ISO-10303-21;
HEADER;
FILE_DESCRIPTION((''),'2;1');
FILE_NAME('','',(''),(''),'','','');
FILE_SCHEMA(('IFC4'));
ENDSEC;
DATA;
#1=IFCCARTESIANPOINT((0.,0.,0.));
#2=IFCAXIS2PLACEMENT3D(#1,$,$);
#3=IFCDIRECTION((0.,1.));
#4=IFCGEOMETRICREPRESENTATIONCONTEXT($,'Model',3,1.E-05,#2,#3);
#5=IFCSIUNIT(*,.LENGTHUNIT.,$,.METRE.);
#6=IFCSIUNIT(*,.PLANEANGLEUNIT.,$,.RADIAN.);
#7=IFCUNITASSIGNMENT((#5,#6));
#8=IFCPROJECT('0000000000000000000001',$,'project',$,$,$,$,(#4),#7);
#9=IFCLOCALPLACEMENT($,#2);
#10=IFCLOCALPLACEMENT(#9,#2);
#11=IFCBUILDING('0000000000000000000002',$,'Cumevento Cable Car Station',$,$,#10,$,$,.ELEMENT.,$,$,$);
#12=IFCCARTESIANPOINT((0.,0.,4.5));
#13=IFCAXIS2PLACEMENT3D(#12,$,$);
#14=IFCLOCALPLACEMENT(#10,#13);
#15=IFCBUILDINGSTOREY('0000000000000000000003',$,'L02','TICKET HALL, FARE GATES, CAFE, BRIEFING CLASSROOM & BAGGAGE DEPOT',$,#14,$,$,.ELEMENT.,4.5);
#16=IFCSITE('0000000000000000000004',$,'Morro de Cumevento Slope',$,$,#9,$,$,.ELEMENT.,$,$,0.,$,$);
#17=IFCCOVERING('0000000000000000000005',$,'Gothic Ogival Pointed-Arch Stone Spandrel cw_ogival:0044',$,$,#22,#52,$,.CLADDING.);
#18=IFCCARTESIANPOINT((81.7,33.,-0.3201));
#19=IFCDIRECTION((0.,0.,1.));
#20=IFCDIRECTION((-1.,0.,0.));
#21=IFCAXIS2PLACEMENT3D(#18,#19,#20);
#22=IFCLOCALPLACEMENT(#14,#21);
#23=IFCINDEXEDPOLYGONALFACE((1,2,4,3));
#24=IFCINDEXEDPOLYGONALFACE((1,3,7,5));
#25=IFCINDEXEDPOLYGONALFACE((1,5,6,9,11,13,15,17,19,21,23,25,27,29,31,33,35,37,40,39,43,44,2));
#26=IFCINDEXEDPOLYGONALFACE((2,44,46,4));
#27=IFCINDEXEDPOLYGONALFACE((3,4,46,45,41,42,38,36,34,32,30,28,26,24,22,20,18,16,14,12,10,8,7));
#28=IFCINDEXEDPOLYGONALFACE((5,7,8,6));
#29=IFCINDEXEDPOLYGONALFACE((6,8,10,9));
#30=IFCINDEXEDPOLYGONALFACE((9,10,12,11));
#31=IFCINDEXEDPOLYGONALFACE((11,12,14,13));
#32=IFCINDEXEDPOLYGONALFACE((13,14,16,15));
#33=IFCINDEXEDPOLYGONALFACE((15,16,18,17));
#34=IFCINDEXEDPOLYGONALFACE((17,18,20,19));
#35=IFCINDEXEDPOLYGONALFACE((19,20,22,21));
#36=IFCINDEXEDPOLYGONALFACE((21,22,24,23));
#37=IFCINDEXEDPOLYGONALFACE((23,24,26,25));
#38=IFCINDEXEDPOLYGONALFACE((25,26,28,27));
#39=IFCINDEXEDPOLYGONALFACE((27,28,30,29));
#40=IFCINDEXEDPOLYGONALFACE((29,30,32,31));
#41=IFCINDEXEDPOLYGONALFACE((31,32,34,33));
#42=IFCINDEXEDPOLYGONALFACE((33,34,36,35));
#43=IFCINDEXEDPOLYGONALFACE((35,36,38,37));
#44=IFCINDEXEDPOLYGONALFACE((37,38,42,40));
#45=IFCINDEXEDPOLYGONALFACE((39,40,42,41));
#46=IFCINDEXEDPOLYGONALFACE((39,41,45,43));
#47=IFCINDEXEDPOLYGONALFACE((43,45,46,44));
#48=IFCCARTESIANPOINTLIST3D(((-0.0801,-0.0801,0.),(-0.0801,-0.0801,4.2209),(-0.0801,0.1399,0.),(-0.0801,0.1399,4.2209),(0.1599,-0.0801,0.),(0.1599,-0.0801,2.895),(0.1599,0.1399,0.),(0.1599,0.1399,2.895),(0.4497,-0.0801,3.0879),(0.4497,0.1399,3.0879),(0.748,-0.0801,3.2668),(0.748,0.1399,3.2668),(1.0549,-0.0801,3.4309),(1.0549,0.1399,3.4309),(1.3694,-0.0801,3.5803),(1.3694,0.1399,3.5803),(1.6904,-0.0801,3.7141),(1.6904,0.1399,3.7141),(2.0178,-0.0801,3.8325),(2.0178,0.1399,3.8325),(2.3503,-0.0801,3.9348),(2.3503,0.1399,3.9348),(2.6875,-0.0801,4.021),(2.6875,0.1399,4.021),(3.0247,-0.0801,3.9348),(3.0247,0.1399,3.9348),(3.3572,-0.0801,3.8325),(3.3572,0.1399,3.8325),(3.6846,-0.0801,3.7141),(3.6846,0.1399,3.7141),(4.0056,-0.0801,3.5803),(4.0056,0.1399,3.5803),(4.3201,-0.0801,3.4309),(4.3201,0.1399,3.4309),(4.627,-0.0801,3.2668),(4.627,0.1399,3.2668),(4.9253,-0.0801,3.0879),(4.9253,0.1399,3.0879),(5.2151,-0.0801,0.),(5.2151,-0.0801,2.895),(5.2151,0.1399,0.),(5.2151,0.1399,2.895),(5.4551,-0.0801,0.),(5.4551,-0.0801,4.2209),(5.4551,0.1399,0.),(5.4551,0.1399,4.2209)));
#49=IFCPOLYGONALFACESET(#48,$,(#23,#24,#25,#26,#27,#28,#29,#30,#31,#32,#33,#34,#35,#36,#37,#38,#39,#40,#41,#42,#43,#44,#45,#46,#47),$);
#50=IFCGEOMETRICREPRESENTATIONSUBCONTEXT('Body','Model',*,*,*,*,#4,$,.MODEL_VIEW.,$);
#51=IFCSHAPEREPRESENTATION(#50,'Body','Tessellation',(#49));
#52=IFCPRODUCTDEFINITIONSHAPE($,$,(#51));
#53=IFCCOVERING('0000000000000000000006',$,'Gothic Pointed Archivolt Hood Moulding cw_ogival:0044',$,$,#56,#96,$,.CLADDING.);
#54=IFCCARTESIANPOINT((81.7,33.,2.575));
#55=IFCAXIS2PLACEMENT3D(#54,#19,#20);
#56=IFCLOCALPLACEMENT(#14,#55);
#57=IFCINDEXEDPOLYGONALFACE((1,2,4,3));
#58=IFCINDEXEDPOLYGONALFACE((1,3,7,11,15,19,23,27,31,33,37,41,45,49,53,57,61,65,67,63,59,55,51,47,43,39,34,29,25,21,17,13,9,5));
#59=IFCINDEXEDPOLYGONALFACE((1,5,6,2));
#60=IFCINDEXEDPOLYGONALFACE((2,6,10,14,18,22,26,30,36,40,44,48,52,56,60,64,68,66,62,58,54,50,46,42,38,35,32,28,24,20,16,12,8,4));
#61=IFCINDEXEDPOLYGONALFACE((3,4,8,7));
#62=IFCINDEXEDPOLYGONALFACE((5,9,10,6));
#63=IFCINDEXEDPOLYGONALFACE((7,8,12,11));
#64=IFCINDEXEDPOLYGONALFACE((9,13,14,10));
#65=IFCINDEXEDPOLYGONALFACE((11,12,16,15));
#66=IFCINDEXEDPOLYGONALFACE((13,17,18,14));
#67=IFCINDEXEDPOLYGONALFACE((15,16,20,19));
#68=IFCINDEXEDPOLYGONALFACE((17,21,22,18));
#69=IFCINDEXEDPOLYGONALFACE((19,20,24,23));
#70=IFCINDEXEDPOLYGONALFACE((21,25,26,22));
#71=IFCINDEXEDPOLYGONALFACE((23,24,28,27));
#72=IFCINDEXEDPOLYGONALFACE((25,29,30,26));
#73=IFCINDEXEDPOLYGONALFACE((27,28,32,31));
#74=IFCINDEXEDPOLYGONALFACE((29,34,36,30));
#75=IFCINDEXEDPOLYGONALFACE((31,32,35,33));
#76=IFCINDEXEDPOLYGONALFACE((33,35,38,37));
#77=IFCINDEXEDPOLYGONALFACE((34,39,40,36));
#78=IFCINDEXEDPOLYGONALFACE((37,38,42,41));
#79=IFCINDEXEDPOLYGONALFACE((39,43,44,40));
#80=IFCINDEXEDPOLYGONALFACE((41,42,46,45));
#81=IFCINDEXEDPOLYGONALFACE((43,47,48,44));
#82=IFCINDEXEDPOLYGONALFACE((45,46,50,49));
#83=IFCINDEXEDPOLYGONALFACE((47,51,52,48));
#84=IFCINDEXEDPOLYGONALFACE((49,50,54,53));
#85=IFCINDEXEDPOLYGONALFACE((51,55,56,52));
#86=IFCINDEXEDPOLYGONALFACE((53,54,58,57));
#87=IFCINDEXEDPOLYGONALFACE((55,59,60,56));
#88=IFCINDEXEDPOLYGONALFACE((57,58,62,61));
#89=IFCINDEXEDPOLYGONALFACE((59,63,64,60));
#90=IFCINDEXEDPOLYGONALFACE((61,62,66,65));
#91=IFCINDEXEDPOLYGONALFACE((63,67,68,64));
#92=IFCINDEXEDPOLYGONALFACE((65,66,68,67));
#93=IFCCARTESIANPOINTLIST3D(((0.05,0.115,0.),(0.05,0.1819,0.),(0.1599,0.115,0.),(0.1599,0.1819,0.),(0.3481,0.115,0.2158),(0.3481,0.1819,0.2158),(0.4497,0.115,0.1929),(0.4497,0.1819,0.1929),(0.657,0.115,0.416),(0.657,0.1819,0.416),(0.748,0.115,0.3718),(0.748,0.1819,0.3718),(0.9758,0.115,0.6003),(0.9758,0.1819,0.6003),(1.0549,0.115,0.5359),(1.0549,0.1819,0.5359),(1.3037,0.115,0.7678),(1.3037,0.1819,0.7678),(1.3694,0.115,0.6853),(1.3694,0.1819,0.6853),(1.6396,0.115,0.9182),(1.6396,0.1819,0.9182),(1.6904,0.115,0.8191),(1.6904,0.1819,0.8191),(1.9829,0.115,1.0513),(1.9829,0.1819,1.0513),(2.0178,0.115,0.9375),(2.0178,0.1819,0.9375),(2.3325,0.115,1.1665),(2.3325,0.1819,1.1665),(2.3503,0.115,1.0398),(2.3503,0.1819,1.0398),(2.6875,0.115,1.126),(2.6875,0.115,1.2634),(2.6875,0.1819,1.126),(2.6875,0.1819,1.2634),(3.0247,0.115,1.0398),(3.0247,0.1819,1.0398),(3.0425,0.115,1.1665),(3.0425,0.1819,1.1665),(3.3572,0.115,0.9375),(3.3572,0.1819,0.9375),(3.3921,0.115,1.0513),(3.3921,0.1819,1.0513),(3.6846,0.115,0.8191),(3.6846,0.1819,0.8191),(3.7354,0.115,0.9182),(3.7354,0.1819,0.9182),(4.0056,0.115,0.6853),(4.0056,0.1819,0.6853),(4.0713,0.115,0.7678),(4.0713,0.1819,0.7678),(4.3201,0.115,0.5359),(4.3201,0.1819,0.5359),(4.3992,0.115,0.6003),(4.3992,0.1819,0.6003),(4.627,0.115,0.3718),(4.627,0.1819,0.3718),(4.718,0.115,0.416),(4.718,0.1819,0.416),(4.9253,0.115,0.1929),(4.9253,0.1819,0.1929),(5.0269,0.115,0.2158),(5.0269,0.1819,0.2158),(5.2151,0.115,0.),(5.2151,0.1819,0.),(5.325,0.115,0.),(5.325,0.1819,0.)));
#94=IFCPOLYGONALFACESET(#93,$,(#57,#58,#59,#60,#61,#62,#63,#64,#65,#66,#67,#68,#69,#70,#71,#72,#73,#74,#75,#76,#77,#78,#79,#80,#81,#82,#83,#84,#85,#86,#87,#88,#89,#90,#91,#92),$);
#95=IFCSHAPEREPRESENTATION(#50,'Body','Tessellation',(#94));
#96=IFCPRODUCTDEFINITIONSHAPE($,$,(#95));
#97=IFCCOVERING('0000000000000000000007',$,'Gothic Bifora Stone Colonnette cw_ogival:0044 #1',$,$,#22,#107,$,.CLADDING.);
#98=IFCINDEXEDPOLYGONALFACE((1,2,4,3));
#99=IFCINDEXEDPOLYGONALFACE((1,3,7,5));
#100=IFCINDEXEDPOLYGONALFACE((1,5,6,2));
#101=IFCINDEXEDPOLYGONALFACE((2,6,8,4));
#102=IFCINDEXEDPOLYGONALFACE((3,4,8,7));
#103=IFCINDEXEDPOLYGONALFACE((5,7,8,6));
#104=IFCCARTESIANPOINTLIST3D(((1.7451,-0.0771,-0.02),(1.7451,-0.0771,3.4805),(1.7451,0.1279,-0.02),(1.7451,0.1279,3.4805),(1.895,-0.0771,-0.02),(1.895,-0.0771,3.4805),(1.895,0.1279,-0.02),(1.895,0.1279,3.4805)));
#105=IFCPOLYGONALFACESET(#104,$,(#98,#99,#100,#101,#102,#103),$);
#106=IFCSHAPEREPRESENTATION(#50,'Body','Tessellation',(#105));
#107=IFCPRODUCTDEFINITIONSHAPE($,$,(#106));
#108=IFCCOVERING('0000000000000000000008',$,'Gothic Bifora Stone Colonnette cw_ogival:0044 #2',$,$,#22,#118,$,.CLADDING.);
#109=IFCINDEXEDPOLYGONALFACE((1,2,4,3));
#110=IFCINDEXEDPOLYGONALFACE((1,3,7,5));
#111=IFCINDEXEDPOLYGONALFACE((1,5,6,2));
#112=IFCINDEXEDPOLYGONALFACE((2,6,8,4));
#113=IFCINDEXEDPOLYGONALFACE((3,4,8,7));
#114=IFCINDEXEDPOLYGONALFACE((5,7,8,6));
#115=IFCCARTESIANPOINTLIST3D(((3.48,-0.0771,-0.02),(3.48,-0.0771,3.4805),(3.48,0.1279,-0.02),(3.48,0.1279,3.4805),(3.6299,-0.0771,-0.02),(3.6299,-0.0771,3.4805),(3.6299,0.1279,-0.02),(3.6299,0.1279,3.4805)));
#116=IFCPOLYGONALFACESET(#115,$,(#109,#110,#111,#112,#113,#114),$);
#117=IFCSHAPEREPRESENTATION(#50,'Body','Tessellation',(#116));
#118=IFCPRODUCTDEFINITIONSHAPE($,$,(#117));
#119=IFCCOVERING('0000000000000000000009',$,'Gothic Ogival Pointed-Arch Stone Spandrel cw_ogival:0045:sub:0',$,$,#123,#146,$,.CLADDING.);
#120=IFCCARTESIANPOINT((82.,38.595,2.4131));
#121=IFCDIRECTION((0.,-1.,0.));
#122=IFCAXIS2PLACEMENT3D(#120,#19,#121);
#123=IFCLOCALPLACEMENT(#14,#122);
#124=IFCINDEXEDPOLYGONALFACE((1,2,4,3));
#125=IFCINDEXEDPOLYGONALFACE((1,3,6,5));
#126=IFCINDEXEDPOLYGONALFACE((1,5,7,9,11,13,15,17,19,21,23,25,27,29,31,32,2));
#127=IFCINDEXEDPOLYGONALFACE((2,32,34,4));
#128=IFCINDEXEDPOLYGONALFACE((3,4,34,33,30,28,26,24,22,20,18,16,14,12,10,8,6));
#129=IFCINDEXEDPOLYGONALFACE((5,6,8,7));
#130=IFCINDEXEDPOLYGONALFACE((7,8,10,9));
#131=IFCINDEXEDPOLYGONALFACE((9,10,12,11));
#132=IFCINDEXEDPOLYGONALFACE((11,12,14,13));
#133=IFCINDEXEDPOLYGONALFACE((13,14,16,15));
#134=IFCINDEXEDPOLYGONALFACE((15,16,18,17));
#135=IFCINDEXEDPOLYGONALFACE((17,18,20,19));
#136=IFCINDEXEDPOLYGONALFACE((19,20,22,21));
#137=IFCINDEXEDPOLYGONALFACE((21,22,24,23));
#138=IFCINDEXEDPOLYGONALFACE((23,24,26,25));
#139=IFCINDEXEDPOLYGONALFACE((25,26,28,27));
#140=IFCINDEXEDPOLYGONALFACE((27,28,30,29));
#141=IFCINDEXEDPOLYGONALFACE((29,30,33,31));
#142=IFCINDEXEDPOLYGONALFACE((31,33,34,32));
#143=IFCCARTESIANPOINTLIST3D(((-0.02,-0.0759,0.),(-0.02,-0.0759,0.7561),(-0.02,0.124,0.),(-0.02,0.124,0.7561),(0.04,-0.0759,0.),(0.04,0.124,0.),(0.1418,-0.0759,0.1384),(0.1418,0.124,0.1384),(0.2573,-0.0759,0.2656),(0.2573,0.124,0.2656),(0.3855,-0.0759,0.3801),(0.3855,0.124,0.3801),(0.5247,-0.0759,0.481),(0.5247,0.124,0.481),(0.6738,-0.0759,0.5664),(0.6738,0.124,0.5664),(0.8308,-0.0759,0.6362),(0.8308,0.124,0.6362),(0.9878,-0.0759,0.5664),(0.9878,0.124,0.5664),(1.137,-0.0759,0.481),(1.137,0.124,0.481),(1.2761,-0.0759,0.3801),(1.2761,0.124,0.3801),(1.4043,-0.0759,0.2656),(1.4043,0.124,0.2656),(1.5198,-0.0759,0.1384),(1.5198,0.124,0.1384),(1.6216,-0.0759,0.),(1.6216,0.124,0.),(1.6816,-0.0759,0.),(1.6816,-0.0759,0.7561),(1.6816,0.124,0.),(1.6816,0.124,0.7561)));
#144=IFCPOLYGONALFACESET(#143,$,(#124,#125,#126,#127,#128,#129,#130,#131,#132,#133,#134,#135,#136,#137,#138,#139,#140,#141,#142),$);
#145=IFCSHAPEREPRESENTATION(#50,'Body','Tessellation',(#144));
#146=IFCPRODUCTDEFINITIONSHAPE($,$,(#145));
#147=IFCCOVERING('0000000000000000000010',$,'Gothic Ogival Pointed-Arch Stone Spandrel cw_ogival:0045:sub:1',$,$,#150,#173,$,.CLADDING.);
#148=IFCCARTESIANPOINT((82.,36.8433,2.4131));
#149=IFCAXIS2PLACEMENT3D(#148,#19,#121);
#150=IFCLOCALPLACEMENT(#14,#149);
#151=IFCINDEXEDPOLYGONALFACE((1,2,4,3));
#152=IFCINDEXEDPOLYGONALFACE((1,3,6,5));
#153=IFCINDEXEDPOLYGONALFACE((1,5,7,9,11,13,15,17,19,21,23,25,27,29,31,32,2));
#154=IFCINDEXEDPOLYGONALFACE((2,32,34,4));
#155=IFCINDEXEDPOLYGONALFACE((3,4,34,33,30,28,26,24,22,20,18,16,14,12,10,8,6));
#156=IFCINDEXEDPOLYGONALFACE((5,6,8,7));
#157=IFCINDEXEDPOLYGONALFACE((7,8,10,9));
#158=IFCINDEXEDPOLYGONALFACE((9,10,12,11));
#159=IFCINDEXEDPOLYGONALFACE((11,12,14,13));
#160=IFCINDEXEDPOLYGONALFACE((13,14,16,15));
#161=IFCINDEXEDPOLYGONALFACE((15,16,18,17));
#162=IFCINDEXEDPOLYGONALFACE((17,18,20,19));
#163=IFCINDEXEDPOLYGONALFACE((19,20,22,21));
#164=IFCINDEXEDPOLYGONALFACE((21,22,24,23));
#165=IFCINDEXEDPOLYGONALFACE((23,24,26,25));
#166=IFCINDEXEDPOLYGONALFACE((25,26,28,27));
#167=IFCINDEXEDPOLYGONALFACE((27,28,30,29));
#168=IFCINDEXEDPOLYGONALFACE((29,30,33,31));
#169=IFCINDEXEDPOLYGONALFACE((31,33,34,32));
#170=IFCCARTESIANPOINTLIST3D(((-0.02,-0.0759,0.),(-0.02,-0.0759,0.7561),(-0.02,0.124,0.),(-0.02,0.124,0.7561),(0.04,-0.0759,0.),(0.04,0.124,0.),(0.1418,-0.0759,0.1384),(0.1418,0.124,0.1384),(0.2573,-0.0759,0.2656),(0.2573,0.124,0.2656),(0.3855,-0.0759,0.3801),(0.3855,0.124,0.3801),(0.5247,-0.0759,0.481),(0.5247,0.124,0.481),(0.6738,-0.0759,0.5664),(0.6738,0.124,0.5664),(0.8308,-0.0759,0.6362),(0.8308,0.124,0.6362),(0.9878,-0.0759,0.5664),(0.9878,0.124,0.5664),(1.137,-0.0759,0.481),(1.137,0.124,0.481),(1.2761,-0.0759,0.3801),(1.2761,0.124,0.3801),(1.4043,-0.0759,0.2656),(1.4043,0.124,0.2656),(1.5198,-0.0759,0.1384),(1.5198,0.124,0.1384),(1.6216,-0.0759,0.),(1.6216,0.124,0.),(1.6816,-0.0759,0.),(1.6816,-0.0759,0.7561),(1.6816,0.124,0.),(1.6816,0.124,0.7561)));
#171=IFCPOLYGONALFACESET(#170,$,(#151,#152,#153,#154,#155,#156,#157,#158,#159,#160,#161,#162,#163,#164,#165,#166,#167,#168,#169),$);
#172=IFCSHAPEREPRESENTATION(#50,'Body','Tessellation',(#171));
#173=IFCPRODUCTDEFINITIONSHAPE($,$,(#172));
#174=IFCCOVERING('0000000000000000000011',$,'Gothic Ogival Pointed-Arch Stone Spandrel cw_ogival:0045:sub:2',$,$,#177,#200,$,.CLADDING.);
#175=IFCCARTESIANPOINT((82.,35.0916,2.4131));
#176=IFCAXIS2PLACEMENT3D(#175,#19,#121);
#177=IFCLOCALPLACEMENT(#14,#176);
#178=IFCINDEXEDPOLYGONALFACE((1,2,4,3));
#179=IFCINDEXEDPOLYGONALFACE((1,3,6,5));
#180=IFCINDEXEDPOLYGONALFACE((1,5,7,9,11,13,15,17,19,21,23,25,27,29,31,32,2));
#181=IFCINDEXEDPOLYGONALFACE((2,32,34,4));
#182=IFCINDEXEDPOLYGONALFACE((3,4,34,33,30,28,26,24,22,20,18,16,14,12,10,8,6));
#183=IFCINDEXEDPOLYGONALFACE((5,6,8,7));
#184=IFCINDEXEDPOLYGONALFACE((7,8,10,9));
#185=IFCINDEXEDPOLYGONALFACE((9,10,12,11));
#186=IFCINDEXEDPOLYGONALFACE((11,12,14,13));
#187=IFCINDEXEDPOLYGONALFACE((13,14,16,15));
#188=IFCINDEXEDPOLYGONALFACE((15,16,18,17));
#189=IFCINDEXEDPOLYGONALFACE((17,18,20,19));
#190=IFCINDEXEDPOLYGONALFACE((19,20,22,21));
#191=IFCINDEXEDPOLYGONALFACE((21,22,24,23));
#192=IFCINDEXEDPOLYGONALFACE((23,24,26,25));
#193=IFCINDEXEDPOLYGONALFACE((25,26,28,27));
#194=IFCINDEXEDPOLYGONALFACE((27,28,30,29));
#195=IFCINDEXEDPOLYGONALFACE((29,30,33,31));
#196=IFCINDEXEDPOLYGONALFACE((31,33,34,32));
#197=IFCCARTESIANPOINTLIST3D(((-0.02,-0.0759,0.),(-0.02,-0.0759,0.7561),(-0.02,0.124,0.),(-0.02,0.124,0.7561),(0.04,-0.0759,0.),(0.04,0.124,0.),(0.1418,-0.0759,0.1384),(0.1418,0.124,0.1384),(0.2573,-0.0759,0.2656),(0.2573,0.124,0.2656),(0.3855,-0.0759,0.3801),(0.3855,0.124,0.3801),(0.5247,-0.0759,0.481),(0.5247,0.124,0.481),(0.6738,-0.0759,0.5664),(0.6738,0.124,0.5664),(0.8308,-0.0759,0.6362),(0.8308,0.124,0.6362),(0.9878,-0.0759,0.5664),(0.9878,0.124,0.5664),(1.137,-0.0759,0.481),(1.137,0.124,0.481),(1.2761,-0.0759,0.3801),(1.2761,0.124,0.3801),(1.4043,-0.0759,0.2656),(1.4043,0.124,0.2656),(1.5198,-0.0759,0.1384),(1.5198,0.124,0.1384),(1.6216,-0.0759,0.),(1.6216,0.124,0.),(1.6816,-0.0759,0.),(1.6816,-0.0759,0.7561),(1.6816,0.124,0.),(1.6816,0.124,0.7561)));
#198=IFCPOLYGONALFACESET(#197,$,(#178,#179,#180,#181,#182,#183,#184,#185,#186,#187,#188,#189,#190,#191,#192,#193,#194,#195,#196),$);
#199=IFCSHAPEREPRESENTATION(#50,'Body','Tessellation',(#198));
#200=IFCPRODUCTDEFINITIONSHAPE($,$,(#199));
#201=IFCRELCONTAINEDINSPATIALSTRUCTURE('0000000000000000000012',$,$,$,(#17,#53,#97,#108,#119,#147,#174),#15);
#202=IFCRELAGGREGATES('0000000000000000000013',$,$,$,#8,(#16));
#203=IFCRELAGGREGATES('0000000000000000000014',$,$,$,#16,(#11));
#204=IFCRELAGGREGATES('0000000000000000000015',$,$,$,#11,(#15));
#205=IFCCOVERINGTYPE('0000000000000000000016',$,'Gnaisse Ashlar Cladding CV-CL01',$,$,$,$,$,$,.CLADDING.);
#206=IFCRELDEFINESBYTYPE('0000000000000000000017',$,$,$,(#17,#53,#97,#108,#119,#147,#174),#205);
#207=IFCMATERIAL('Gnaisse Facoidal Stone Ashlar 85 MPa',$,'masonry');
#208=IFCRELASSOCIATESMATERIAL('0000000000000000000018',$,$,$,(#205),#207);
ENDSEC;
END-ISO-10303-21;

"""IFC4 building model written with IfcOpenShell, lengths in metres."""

from ifc_helpers import new_model, si_unit, direction, frame, origin, place, context, subcontext, project, spatial, polyline, outline, extrude, material, type_object, element, save


model = new_model("IFC4")

# Units and contexts
model_context = context("Model", 3, precision=1e-05, world=origin(), true_north=direction((0.0, 1.0)))
body_context = subcontext(model_context, "Body", "Model", "MODEL_VIEW")
ifc_project = project(units=[si_unit("LENGTHUNIT", "METRE"), si_unit("PLANEANGLEUNIT", "RADIAN")], contexts=[model_context])

# Site, building, storey
site_placement = place(None, origin())
site = spatial("IfcSite", under=ifc_project, at=site_placement, Name="Morro de Cumevento Slope", CompositionType="ELEMENT", RefElevation=0.0)
building_placement = place(site_placement, origin())
building = spatial("IfcBuilding", under=site, at=building_placement, Name="Cumevento Cable Car Station", CompositionType="ELEMENT")
storey_placement = place(building_placement, frame((0.0, 0.0, 4.5)))
storey = spatial("IfcBuildingStorey", under=building, at=storey_placement, Name="L02", Description="TICKET HALL, FARE GATES, CAFE, BRIEFING CLASSROOM & BAGGAGE DEPOT", CompositionType="ELEMENT", Elevation=4.5)

# Coverings
ifc_material_1 = material(Name="Gnaisse Facoidal Stone Ashlar 85 MPa", Category="masonry")
covering_type = type_object("IfcCoveringType", Name="Gnaisse Ashlar Cladding CV-CL01", PredefinedType="CLADDING", material=ifc_material_1)
placement = place(storey_placement, frame((81.7, 33.0, -0.3201), z_axis=(0.0, 0.0, 1.0), x_axis=(-1.0, 0.0, 0.0)))
element("IfcCovering", 1, at=placement, inside=storey, type_object=covering_type, Name="Gothic Ogival Pointed-Arch Stone Spandrel cw_ogival:0044", PredefinedType="CLADDING", context=body_context, shape_type="SweptSolid", body=[
    extrude(outline(polyline([(-0.0801, 0.0), (-0.0801, 4.2209), (5.4551, 4.2209), (5.4551, 0.0), (5.2151, 0.0), (5.2151, 2.895), (4.9253, 3.0879), (4.627, 3.2668), (4.3201, 3.4309), (4.0056, 3.5803), (3.6846, 3.7141), (3.3572, 3.8325), (3.0247, 3.9348), (2.6875, 4.021), (2.3503, 3.9348), (2.0178, 3.8325), (1.6904, 3.7141), (1.3694, 3.5803), (1.0549, 3.4309), (0.748, 3.2668), (0.4497, 3.0879), (0.1599, 2.895), (0.1599, 0.0), (-0.0801, 0.0)])), frame((0.0, 0.1399, 0.0), z_axis=(0.0, -1.0, 0.0), x_axis=(1.0, 0.0, 0.0)), (0.0, 0.0, 1.0), 0.22),
])
covering_1_placement = place(storey_placement, frame((81.7, 33.0, 2.575), z_axis=(0.0, 0.0, 1.0), x_axis=(-1.0, 0.0, 0.0)))
element("IfcCovering", 2, at=covering_1_placement, inside=storey, type_object=covering_type, Name="Gothic Pointed Archivolt Hood Moulding cw_ogival:0044", PredefinedType="CLADDING", context=body_context, shape_type="SweptSolid", body=[
    extrude(outline(polyline([(0.1599, 0.0), (0.4497, 0.1929), (0.748, 0.3718), (1.0549, 0.5359), (1.3694, 0.6853), (1.6904, 0.8191), (2.0178, 0.9375), (2.3503, 1.0398), (2.6875, 1.126), (3.0247, 1.0398), (3.3572, 0.9375), (3.6846, 0.8191), (4.0056, 0.6853), (4.3201, 0.5359), (4.627, 0.3718), (4.9253, 0.1929), (5.2151, 0.0), (5.325, 0.0), (5.0269, 0.2158), (4.718, 0.416), (4.3992, 0.6003), (4.0713, 0.7678), (3.7354, 0.9182), (3.3921, 1.0513), (3.0425, 1.1665), (2.6875, 1.2634), (2.3325, 1.1665), (1.9829, 1.0513), (1.6396, 0.9182), (1.3037, 0.7678), (0.9758, 0.6003), (0.657, 0.416), (0.3481, 0.2158), (0.05, 0.0), (0.1599, 0.0)])), frame((0.0, 0.1819, 0.0), z_axis=(0.0, -1.0, 0.0), x_axis=(1.0, 0.0, 0.0)), (0.0, 0.0, 1.0), 0.0669),
])
element("IfcCovering", 3, at=placement, inside=storey, type_object=covering_type, Name="Gothic Bifora Stone Colonnette cw_ogival:0044 #1", PredefinedType="CLADDING", context=body_context, shape_type="SweptSolid", body=[
    extrude(outline(polyline([(1.7451, -0.02), (1.895, -0.02), (1.895, 3.4805), (1.7451, 3.4805), (1.7451, -0.02)])), frame((0.0, 0.1279, 0.0), z_axis=(0.0, -1.0, 0.0), x_axis=(1.0, 0.0, 0.0)), (0.0, 0.0, 1.0), 0.2051),
])
element("IfcCovering", 4, at=placement, inside=storey, type_object=covering_type, Name="Gothic Bifora Stone Colonnette cw_ogival:0044 #2", PredefinedType="CLADDING", context=body_context, shape_type="SweptSolid", body=[
    extrude(outline(polyline([(3.48, -0.02), (3.6299, -0.02), (3.6299, 3.4805), (3.48, 3.4805), (3.48, -0.02)])), frame((0.0, 0.1279, 0.0), z_axis=(0.0, -1.0, 0.0), x_axis=(1.0, 0.0, 0.0)), (0.0, 0.0, 1.0), 0.2051),
])
for number, where, z_axis, x_axis, name in (
    (5, (82.0, 38.595, 2.4131), (0.0, 0.0, 1.0), (0.0, -1.0, 0.0), "Gothic Ogival Pointed-Arch Stone Spandrel cw_ogival:0045:sub:0"),
    (6, (82.0, 36.8433, 2.4131), (0.0, 0.0, 1.0), (0.0, -1.0, 0.0), "Gothic Ogival Pointed-Arch Stone Spandrel cw_ogival:0045:sub:1"),
    (7, (82.0, 35.0916, 2.4131), (0.0, 0.0, 1.0), (0.0, -1.0, 0.0), "Gothic Ogival Pointed-Arch Stone Spandrel cw_ogival:0045:sub:2"),
):
    element("IfcCovering", number, at=place(storey_placement, frame(where, z_axis=z_axis, x_axis=x_axis)), inside=storey, type_object=covering_type, Name=name, PredefinedType="CLADDING", context=body_context, shape_type="SweptSolid", body=[
        extrude(outline(polyline([(-0.02, 0.0), (-0.02, 0.7561), (1.6816, 0.7561), (1.6816, 0.0), (1.6216, 0.0), (1.5198, 0.1384), (1.4043, 0.2656), (1.2761, 0.3801), (1.137, 0.481), (0.9878, 0.5664), (0.8308, 0.6362), (0.6738, 0.5664), (0.5247, 0.481), (0.3855, 0.3801), (0.2573, 0.2656), (0.1418, 0.1384), (0.04, 0.0), (-0.02, 0.0)])), frame((0.0, 0.124, 0.0), z_axis=(0.0, -1.0, 0.0), x_axis=(1.0, 0.0, 0.0)), (0.0, 0.0, 1.0), 0.2),
    ])

save(model, "model.ifc")
